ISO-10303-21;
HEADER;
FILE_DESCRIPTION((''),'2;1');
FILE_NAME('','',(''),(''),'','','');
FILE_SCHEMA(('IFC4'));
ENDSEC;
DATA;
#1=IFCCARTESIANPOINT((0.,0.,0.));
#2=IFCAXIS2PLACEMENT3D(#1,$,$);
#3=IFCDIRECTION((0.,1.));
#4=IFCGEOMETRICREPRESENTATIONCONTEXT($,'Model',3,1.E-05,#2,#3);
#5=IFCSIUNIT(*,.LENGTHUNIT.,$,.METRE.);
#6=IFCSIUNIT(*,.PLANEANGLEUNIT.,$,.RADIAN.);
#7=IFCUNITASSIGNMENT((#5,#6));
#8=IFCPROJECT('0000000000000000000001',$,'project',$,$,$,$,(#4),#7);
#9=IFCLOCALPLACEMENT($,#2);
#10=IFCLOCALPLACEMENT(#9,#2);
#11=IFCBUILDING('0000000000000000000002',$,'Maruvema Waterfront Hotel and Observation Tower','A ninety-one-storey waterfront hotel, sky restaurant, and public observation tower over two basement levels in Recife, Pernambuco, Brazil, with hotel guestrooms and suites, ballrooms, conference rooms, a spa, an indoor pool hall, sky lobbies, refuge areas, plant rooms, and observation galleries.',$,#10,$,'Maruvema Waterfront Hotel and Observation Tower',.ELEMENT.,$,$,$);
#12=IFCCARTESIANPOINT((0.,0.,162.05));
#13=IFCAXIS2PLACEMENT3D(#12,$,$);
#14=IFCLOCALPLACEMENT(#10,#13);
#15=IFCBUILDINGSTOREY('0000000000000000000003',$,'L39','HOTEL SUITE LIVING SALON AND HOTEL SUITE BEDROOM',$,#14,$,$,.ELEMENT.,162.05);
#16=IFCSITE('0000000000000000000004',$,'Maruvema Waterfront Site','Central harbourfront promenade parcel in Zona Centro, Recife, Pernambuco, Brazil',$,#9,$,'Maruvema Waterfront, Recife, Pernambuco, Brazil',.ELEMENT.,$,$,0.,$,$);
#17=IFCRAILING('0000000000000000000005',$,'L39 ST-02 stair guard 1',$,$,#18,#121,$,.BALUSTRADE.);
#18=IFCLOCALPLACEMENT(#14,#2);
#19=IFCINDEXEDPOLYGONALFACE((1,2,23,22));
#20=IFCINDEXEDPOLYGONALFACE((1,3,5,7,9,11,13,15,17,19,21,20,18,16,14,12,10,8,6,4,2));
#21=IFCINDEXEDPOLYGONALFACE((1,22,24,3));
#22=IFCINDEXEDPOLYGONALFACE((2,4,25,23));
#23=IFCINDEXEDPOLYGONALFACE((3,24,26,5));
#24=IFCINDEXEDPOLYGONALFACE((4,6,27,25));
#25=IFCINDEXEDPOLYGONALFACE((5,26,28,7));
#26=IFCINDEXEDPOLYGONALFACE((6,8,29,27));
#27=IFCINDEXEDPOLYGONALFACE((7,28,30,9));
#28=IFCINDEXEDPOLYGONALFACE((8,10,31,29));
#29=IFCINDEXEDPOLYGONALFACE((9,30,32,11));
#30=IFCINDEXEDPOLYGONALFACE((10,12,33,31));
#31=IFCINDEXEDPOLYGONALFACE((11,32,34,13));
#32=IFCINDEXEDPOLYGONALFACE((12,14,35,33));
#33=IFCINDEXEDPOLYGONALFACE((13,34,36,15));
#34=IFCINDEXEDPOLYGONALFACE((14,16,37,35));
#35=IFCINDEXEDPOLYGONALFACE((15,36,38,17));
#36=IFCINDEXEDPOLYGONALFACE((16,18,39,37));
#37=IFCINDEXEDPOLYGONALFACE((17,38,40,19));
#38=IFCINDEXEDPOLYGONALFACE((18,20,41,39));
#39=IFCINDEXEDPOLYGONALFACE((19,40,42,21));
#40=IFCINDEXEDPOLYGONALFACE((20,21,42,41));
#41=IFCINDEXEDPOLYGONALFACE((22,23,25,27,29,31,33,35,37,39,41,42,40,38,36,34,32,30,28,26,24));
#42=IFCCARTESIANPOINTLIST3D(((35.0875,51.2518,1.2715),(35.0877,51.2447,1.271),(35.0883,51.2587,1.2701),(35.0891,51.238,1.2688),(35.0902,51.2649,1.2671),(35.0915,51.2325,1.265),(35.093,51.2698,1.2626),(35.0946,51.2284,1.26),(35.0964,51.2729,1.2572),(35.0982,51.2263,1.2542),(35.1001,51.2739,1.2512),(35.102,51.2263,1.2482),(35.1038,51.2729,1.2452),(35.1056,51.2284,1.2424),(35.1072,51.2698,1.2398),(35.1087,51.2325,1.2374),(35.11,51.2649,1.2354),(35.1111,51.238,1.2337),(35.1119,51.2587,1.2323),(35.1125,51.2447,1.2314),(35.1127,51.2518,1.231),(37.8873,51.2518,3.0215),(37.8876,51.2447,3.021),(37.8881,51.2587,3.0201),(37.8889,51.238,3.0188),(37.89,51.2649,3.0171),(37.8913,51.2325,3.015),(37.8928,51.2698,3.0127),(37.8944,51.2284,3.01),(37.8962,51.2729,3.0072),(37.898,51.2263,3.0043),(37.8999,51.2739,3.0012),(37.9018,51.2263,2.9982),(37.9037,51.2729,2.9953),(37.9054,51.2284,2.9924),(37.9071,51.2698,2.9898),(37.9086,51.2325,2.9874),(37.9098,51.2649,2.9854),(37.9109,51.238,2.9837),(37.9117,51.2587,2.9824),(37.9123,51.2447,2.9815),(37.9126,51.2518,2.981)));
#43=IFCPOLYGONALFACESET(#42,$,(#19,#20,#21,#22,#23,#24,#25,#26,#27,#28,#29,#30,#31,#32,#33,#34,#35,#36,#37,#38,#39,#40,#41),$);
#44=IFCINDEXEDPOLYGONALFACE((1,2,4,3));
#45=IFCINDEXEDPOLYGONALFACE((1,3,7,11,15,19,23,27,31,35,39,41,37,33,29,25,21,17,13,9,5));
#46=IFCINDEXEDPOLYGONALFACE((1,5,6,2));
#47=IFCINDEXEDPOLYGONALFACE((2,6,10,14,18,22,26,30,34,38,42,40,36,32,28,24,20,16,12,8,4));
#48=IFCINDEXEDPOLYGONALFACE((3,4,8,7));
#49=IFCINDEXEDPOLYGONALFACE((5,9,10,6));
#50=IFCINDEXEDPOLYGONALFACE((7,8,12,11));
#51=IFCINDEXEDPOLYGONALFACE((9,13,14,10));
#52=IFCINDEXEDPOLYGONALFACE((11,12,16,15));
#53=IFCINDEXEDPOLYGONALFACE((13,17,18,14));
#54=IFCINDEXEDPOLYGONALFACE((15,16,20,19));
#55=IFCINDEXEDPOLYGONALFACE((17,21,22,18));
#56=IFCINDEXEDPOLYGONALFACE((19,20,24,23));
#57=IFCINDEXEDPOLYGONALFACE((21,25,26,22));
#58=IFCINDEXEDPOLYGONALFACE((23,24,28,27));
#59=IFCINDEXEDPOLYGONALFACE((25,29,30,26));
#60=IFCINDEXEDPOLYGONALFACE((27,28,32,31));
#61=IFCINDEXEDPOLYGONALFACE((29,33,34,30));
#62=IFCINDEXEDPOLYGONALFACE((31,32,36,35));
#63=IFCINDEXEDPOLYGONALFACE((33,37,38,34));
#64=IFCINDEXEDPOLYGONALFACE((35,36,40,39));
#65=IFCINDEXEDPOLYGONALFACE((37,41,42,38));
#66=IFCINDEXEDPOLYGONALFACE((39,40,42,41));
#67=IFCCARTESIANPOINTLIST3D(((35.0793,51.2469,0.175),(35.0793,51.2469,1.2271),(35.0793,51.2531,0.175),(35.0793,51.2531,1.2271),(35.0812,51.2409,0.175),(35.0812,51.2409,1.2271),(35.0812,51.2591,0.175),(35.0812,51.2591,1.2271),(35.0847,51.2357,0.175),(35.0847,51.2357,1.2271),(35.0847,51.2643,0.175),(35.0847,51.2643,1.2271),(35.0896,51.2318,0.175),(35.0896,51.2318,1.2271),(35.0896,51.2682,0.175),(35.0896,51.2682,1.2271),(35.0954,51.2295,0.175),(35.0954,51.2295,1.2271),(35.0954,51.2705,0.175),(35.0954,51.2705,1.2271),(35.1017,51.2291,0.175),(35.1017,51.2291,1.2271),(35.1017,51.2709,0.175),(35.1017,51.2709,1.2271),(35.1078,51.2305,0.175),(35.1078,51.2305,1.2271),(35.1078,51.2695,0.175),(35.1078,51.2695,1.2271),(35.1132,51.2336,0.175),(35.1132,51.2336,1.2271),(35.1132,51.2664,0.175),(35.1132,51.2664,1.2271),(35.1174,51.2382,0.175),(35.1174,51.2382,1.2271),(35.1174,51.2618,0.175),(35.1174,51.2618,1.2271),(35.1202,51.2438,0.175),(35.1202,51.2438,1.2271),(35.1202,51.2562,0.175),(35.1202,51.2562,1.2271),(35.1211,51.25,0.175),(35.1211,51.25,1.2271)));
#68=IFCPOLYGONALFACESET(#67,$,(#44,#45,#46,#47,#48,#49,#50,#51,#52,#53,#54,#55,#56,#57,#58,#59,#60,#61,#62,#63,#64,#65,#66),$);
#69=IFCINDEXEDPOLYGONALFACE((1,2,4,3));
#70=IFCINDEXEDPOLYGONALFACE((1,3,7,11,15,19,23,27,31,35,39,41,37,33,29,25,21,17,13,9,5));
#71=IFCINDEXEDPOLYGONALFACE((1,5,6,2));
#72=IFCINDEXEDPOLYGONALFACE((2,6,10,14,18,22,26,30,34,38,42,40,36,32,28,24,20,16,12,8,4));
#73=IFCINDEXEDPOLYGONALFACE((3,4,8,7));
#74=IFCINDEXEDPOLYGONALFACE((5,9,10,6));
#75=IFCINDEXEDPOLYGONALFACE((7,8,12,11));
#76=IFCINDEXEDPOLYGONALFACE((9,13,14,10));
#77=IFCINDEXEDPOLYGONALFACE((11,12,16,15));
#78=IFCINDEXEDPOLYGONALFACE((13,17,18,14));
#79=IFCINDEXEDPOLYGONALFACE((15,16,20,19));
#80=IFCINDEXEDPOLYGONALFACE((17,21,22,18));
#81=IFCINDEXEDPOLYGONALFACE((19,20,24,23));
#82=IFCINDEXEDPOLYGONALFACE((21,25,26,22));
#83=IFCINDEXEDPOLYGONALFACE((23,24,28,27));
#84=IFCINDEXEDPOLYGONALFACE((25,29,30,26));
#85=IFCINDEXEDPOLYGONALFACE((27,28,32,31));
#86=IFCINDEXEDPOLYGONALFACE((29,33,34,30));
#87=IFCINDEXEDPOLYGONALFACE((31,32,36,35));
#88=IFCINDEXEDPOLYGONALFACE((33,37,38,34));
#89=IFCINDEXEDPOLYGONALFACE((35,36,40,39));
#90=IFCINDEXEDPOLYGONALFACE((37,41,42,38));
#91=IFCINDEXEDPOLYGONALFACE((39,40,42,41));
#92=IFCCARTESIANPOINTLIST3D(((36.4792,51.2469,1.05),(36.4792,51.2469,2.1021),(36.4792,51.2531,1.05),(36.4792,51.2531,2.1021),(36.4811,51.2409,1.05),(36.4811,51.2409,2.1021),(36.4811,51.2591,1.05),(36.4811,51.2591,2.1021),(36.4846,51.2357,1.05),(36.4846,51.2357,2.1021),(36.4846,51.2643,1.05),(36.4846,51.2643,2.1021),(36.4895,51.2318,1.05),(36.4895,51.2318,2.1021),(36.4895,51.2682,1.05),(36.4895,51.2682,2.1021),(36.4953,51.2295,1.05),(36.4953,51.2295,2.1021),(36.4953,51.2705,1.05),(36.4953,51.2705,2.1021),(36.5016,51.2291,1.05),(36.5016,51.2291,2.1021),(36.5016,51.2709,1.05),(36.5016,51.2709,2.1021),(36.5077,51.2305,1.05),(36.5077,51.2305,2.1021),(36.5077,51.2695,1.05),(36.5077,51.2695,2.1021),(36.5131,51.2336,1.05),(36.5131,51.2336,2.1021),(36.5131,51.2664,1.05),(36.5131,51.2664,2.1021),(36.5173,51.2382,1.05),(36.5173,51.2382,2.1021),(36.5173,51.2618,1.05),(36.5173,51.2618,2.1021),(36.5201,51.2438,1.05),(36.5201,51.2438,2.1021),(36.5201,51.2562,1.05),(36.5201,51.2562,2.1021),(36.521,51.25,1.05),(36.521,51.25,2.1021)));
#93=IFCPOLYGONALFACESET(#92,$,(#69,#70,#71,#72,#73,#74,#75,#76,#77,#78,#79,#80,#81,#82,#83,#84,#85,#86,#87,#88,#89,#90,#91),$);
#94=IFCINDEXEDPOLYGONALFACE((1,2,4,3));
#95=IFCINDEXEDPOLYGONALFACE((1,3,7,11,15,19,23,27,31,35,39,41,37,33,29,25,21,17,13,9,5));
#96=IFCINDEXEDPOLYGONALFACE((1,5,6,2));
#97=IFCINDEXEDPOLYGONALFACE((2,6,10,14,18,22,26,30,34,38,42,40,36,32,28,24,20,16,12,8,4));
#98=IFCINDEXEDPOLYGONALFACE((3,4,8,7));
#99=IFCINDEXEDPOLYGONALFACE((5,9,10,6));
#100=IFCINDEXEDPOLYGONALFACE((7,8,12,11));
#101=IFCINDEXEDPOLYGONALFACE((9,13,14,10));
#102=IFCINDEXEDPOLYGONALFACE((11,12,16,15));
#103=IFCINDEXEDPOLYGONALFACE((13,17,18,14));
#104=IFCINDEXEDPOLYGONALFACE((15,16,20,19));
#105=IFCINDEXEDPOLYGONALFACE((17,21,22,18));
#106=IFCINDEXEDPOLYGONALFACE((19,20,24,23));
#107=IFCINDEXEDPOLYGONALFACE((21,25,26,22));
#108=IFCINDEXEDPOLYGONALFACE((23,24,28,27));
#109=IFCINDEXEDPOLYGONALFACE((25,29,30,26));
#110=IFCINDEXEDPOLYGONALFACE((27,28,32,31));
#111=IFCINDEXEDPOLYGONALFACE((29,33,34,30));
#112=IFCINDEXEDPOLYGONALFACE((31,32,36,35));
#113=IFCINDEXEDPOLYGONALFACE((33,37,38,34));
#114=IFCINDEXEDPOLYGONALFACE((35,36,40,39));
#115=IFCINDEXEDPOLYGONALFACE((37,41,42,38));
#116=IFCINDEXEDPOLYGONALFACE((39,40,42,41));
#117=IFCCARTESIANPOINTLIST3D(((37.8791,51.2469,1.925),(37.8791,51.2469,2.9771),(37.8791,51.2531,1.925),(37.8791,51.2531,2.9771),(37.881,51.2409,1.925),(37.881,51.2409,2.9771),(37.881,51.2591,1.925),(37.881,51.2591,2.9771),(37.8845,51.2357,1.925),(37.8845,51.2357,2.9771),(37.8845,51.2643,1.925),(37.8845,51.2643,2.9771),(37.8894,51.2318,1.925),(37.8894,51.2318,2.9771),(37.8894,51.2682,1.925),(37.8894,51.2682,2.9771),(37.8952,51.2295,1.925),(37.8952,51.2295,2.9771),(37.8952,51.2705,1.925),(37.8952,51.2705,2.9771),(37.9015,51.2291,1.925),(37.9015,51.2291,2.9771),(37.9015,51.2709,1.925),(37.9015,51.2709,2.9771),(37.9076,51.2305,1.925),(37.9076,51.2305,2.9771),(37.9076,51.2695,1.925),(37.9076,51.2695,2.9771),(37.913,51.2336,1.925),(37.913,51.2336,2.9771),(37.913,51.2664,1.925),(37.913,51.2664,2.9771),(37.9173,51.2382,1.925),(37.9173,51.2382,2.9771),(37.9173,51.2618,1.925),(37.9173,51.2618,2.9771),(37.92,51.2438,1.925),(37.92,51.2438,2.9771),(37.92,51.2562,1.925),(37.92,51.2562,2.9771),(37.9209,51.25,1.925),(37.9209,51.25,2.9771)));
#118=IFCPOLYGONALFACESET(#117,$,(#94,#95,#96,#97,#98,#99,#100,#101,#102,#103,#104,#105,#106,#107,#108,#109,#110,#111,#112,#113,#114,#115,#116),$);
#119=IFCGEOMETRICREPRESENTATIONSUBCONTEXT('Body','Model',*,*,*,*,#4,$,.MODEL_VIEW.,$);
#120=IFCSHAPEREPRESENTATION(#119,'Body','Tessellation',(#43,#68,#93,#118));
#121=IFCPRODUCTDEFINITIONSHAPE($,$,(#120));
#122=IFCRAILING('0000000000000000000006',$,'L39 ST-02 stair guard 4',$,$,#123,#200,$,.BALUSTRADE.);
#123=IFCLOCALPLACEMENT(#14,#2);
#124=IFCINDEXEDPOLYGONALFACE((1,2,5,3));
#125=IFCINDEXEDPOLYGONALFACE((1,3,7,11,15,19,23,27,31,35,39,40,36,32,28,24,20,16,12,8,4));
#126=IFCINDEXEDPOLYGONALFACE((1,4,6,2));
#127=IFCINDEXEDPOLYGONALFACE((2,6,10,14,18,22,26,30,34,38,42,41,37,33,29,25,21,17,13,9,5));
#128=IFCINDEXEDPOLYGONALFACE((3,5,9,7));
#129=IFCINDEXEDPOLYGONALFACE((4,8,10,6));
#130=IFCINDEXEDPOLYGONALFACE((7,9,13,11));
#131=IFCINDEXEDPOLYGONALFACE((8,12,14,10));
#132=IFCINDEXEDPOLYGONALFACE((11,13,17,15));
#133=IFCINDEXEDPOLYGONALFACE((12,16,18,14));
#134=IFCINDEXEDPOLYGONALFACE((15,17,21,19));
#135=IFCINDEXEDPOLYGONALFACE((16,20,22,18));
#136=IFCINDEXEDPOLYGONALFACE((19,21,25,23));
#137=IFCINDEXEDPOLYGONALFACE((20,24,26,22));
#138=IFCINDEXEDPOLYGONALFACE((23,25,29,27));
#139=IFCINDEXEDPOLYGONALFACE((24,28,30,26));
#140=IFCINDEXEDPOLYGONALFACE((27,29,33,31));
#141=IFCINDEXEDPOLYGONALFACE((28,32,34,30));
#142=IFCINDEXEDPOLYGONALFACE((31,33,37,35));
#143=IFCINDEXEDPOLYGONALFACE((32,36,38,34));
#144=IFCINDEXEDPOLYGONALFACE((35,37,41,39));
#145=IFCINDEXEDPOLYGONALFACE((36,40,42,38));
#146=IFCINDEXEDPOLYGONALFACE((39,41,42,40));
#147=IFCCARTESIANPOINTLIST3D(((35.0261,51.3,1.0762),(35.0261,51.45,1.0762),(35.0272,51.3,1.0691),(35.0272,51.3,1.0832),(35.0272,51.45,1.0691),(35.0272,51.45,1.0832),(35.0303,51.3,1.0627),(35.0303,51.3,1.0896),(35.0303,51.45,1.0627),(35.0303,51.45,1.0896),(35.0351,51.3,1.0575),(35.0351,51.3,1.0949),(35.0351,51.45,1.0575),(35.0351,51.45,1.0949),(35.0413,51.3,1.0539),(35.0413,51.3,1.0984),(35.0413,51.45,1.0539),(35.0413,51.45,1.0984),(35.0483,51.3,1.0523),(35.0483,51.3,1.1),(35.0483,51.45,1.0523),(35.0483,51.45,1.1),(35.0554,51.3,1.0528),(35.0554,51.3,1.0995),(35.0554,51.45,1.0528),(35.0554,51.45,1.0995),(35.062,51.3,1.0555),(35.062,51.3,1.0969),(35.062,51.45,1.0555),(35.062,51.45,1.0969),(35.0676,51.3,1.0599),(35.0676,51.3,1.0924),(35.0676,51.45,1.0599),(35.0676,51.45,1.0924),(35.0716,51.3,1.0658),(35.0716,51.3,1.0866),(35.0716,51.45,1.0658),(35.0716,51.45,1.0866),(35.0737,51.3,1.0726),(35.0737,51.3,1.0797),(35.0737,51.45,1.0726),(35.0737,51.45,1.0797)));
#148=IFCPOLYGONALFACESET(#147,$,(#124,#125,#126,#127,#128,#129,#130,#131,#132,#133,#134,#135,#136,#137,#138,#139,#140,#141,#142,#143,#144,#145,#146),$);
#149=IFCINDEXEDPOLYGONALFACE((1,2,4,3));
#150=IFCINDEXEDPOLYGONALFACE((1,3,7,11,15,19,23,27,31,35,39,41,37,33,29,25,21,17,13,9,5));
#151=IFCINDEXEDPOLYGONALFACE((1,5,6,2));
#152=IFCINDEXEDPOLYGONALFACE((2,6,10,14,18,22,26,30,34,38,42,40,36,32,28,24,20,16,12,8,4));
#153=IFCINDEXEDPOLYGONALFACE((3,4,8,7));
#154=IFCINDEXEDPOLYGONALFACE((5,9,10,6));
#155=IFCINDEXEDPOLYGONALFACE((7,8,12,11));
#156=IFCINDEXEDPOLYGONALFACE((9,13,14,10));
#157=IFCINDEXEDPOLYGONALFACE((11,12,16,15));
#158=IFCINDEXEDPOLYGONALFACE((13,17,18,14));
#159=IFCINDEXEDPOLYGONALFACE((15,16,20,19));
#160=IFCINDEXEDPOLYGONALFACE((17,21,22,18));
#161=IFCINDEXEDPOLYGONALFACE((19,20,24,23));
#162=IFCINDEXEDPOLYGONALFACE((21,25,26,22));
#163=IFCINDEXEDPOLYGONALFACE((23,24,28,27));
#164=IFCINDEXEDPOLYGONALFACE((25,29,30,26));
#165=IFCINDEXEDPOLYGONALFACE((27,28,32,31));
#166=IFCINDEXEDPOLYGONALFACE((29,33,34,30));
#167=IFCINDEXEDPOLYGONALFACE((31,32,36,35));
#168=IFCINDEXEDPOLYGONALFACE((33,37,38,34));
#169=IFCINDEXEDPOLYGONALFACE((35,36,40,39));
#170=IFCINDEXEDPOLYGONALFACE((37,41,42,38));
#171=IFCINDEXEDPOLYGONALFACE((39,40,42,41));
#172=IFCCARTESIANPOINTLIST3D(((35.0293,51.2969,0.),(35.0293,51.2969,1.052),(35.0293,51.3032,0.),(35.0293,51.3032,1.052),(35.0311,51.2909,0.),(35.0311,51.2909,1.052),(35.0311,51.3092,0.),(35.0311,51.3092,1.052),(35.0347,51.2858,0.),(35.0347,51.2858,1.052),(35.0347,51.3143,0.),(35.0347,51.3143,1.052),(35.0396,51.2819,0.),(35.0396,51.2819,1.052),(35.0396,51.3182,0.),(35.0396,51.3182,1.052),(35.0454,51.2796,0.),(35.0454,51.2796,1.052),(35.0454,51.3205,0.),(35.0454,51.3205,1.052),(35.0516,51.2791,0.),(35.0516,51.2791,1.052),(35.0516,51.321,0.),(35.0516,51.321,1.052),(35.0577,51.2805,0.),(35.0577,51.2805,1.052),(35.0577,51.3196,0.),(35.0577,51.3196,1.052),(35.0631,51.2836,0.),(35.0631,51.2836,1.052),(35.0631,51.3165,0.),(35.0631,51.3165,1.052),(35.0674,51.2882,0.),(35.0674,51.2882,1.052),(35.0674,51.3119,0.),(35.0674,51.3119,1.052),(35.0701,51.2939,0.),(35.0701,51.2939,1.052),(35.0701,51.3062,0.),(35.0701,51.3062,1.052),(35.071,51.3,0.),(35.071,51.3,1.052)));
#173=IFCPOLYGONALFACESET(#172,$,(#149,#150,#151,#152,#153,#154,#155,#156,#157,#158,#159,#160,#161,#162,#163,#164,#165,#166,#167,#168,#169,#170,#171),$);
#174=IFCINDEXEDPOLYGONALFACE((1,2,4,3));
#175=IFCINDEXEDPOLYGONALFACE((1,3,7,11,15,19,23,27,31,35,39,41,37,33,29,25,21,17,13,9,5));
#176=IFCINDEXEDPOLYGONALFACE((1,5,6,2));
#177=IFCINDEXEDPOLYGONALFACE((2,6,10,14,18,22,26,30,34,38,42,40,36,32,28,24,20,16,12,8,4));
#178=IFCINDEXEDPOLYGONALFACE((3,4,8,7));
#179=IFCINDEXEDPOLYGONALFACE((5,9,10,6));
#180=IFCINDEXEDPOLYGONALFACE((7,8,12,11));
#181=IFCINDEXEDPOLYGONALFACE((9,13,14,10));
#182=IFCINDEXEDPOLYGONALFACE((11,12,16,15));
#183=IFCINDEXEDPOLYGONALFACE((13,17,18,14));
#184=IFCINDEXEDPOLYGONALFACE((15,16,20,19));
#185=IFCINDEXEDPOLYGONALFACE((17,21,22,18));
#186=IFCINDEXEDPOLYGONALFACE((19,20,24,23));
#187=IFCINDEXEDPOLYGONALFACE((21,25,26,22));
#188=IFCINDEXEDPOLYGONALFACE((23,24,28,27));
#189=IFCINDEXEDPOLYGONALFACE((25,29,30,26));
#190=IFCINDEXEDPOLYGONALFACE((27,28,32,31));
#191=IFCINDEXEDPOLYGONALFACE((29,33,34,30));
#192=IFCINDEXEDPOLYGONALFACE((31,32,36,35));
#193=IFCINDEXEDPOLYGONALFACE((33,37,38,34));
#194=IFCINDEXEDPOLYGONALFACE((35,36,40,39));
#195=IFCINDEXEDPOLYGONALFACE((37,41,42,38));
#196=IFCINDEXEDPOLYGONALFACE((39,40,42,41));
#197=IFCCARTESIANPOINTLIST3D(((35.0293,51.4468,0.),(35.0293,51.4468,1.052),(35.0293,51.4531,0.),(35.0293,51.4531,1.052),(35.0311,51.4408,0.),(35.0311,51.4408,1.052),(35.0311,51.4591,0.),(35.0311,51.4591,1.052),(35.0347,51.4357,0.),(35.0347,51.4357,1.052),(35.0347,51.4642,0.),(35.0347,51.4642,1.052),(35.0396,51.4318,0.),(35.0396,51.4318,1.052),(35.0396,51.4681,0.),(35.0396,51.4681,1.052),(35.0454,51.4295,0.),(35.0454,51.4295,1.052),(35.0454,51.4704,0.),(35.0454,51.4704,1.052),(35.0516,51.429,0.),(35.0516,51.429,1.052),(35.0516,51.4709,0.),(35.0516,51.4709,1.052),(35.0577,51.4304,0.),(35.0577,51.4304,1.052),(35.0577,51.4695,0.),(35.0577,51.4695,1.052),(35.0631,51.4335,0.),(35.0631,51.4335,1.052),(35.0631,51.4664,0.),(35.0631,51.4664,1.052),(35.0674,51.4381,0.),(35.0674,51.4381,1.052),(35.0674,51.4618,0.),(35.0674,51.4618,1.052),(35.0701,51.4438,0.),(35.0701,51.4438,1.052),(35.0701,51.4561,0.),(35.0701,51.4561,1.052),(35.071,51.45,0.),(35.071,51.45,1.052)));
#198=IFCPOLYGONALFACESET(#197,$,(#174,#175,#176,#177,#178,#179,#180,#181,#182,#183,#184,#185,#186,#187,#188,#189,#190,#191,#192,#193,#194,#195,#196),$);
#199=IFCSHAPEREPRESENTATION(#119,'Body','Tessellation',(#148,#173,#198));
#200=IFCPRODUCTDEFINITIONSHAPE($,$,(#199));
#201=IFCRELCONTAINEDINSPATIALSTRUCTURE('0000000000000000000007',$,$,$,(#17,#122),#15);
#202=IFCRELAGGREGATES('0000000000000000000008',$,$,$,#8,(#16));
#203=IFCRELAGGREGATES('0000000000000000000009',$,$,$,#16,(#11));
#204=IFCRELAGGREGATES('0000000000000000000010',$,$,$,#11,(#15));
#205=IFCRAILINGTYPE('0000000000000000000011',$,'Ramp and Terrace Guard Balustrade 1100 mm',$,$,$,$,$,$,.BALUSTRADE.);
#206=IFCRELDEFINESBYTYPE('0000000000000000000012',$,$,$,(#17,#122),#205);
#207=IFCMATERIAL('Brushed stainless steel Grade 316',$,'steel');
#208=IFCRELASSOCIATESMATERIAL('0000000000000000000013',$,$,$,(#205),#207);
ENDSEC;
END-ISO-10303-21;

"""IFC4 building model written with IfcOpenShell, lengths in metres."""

from ifc_helpers import new_model, si_unit, direction, frame, origin, origin_2d, place, context, subcontext, project, spatial, circle, extrude, material, type_object, element, save


model = new_model("IFC4")

# Units and contexts
model_context = context("Model", 3, precision=1e-05, world=origin(), true_north=direction((0.0, 1.0)))
body_context = subcontext(model_context, "Body", "Model", "MODEL_VIEW")
ifc_project = project(units=[si_unit("LENGTHUNIT", "METRE"), si_unit("PLANEANGLEUNIT", "RADIAN")], contexts=[model_context])

# Site, building, storey
site_placement = place(None, origin())
site = spatial("IfcSite", under=ifc_project, at=site_placement, Name="Maruvema Waterfront Site", Description="Central harbourfront promenade parcel in Zona Centro, Recife, Pernambuco, Brazil", LongName="Maruvema Waterfront, Recife, Pernambuco, Brazil", CompositionType="ELEMENT", RefElevation=0.0)
building_placement = place(site_placement, origin())
building = spatial("IfcBuilding", under=site, at=building_placement, Name="Maruvema Waterfront Hotel and Observation Tower", Description="A ninety-one-storey waterfront hotel, sky restaurant, and public observation tower over two basement levels in Recife, Pernambuco, Brazil, with hotel guestrooms and suites, ballrooms, conference rooms, a spa, an indoor pool hall, sky lobbies, refuge areas, plant rooms, and observation galleries.", LongName="Maruvema Waterfront Hotel and Observation Tower", CompositionType="ELEMENT")
storey_placement = place(building_placement, frame((0.0, 0.0, 162.05)))
storey = spatial("IfcBuildingStorey", under=building, at=storey_placement, Name="L39", Description="HOTEL SUITE LIVING SALON AND HOTEL SUITE BEDROOM", CompositionType="ELEMENT", Elevation=162.05)

# Railings
ifc_material_1 = material(Name="Brushed stainless steel Grade 316", Category="steel")
railing_type_1 = type_object("IfcRailingType", Name="Ramp and Terrace Guard Balustrade 1100 mm", PredefinedType="BALUSTRADE", material=ifc_material_1)
railing_1_placement = place(storey_placement, frame((35.1001, 51.25, 0.175)))
element("IfcRailing", 1, at=railing_1_placement, inside=storey, type_object=railing_type_1, Name="L39 ST-02 stair guard 1", PredefinedType="BALUSTRADE", context=body_context, shape_type="SweptSolid", body=[
    extrude(circle(Radius=0.0239, at=origin_2d()), frame((0.0, 0.0, 1.0762), z_axis=(0.847982, 0.0, 0.530026), x_axis=(0.0, 1.0, 0.0)), (0.0, 0.0, 1.0), 3.3018),
    extrude(circle(Radius=0.021, at=origin_2d()), origin(), (0.0, 0.0, 1.0), 1.052),
    extrude(circle(Radius=0.021, at=origin_2d()), frame((1.3999, 0.0, 0.875)), (0.0, 0.0, 1.0), 1.052),
    extrude(circle(Radius=0.021, at=origin_2d()), frame((2.7998, 0.0, 1.75)), (0.0, 0.0, 1.0), 1.052),
])
railing_2_placement = place(storey_placement, frame((35.05, 51.3, 0.0)))
element("IfcRailing", 2, at=railing_2_placement, inside=storey, type_object=railing_type_1, Name="L39 ST-02 stair guard 4", PredefinedType="BALUSTRADE", context=body_context, shape_type="SweptSolid", body=[
    extrude(circle(Radius=0.0239, at=origin_2d()), frame((0.0, 0.0, 1.0762), z_axis=(0.0, 1.0, 0.0), x_axis=(-1.0, 0.0, 0.0)), (0.0, 0.0, 1.0), 0.1499),
    extrude(circle(Radius=0.021, at=origin_2d()), origin(), (0.0, 0.0, 1.0), 1.052),
    extrude(circle(Radius=0.021, at=origin_2d()), frame((0.0, 0.1499, 0.0)), (0.0, 0.0, 1.0), 1.052),
])

save(model, "model.ifc")
